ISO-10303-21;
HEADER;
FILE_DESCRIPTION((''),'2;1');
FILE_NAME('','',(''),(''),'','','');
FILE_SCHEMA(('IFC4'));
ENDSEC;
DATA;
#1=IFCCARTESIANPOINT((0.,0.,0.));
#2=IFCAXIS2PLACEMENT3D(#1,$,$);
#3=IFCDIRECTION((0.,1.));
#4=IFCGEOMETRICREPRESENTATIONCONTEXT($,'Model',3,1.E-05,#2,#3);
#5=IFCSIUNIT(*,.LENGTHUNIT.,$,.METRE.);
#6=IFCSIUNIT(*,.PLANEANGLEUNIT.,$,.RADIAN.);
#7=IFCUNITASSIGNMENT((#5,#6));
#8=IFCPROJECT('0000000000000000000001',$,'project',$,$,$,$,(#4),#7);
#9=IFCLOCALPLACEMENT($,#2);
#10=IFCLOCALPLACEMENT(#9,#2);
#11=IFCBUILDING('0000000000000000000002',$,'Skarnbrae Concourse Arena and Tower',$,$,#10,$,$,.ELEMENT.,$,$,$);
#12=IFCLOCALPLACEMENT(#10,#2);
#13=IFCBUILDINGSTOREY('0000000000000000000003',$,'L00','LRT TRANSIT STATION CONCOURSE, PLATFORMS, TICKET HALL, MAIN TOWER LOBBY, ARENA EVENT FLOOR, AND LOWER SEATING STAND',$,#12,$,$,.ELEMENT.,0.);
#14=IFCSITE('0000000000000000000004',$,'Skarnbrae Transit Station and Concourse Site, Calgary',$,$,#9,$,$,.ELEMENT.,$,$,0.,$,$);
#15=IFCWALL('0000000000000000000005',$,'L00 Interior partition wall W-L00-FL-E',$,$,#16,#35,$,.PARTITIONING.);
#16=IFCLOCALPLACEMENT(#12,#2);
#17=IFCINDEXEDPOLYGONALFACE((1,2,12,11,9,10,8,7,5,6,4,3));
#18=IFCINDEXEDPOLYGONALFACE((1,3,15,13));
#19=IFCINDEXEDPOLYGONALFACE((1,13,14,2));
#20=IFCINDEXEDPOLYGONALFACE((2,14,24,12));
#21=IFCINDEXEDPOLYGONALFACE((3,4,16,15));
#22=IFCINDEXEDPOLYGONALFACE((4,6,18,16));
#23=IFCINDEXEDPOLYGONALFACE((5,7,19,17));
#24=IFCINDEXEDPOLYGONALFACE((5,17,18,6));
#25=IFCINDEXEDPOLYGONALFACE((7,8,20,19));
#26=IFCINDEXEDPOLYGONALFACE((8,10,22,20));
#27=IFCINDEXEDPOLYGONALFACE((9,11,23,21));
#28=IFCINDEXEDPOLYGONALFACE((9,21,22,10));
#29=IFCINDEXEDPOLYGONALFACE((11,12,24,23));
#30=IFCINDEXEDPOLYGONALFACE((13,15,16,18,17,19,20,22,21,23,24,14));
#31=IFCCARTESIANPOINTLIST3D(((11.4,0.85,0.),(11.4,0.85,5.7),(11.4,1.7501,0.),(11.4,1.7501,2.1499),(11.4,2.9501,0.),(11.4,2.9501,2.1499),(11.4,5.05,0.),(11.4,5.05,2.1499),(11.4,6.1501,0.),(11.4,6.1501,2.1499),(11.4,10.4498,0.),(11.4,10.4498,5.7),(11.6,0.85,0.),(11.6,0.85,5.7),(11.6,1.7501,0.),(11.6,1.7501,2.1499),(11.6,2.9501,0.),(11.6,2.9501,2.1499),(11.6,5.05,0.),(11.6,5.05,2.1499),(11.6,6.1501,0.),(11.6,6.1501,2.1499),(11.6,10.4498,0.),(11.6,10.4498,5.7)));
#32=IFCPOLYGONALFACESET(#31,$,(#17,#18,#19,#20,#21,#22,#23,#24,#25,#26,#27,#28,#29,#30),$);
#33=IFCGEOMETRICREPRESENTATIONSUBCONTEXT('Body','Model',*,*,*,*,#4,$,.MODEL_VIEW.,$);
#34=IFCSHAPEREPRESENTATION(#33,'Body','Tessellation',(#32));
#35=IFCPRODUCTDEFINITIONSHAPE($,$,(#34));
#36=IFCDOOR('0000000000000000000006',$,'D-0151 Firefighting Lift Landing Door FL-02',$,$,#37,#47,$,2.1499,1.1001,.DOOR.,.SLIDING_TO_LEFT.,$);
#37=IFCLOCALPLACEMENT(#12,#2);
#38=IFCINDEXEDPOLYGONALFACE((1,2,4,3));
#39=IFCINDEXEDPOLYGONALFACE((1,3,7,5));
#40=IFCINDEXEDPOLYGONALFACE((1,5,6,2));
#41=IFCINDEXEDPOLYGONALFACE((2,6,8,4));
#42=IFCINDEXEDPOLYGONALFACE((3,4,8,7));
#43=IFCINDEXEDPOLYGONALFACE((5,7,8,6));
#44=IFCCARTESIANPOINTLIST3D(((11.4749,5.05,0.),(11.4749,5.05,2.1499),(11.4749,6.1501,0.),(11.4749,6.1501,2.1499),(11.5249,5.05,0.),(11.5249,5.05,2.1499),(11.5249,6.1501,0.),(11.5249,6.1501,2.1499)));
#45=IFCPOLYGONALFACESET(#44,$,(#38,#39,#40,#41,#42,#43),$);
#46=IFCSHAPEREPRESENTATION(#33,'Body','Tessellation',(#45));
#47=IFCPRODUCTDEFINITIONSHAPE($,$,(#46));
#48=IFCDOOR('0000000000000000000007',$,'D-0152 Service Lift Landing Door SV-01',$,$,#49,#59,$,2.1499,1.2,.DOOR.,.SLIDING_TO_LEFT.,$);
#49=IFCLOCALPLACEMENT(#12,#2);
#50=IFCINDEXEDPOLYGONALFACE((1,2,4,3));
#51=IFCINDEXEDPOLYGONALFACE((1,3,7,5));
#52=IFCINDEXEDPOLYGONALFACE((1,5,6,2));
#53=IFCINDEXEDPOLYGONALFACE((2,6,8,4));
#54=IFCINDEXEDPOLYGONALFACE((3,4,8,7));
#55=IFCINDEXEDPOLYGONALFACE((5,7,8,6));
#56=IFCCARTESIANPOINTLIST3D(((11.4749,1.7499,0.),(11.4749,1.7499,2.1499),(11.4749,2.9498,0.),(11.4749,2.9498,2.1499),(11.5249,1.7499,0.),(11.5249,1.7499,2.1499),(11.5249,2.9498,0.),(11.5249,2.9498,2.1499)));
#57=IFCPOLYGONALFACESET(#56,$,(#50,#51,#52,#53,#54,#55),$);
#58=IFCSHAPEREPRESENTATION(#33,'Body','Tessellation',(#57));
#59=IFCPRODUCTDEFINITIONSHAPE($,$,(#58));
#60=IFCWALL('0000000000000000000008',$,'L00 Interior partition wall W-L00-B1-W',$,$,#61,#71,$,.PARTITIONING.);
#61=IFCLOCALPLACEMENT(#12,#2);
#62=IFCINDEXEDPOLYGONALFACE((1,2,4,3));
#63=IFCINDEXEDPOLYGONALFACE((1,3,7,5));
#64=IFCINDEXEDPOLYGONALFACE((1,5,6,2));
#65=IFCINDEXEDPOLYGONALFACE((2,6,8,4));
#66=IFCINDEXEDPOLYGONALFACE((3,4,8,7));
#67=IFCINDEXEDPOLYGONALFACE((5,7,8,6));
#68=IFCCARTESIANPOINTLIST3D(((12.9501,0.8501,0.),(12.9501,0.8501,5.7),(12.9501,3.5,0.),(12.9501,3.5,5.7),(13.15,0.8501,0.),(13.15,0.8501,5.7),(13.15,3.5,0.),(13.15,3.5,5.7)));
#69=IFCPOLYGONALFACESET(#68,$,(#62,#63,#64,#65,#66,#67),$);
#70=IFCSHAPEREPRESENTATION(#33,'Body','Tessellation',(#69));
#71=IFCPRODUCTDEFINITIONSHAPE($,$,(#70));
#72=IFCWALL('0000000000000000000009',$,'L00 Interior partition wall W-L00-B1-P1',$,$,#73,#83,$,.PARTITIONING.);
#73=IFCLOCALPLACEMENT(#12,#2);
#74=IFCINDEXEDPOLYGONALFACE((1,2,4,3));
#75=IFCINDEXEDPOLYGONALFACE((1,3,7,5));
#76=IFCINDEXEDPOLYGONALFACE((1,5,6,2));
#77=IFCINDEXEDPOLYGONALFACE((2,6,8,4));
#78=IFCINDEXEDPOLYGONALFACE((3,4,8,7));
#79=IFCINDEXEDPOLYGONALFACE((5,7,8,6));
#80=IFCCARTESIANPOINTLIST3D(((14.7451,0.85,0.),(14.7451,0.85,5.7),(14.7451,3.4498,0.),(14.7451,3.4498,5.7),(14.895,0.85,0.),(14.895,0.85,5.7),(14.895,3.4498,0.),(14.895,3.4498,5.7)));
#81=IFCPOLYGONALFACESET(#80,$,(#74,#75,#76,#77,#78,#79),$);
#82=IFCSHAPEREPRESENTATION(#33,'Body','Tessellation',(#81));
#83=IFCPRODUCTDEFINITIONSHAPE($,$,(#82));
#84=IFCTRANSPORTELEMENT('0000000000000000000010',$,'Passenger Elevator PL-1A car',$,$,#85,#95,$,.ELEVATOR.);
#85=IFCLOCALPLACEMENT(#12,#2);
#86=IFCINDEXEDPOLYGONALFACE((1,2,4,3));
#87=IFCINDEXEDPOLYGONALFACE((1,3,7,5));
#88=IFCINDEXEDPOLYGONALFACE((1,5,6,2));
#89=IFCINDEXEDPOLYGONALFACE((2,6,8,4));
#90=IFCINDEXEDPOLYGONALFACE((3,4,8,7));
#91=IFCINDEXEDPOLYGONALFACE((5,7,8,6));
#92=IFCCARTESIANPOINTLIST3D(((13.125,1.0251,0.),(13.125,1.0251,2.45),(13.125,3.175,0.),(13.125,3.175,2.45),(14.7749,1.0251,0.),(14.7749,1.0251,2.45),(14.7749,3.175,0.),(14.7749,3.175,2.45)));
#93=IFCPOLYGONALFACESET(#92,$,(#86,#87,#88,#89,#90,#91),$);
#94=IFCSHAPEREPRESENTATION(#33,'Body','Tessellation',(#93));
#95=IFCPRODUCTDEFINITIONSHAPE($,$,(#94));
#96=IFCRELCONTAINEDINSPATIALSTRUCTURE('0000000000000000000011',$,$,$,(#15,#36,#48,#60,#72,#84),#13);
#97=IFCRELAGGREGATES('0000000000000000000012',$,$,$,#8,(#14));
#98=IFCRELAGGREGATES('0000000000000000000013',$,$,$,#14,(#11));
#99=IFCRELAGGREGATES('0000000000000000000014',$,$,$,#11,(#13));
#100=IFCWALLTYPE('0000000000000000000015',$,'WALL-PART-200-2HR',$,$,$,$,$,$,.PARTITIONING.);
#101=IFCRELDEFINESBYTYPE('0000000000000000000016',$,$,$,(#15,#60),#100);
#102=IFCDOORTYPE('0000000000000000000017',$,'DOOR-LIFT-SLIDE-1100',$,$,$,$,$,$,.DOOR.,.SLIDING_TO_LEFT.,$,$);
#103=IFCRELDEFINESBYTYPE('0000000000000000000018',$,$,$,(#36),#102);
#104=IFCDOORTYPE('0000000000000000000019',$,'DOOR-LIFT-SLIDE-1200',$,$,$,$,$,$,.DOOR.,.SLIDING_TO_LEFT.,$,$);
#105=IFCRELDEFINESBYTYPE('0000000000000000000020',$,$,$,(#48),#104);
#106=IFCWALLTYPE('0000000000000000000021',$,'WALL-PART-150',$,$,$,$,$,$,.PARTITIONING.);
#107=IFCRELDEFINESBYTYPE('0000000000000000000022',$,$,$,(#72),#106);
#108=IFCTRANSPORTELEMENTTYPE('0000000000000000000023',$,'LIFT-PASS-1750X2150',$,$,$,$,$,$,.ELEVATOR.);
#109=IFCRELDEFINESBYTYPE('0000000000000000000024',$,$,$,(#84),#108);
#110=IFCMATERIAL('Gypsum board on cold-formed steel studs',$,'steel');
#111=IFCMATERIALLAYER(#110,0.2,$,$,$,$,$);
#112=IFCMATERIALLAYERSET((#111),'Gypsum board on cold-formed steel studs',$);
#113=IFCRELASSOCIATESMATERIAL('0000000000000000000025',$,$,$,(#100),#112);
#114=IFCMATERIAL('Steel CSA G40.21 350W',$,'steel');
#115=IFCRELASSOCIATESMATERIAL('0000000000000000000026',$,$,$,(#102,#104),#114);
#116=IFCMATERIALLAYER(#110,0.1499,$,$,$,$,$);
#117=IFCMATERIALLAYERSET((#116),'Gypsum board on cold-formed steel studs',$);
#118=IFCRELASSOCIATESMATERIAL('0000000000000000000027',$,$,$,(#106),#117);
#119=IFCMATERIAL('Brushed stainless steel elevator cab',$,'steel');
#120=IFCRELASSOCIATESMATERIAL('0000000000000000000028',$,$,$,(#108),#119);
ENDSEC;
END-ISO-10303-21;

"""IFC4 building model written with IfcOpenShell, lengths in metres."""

from ifc_helpers import new_model, si_unit, direction, frame, frame_2d, origin, origin_2d, place, context, subcontext, project, spatial, rectangle, extrude, source, transform, mapped, material, layer, layer_set, type_object, element, fill, save


model = new_model("IFC4")

# Units and contexts
model_context = context("Model", 3, precision=1e-05, world=origin(), true_north=direction((0.0, 1.0)))
body_context = subcontext(model_context, "Body", "Model", "MODEL_VIEW")
ifc_project = project(units=[si_unit("LENGTHUNIT", "METRE"), si_unit("PLANEANGLEUNIT", "RADIAN")], contexts=[model_context])

# Site, building, storey
site_placement = place(None, origin())
site = spatial("IfcSite", under=ifc_project, at=site_placement, Name="Skarnbrae Transit Station and Concourse Site, Calgary", CompositionType="ELEMENT", RefElevation=0.0)
building_placement = place(site_placement, origin())
building = spatial("IfcBuilding", under=site, at=building_placement, Name="Skarnbrae Concourse Arena and Tower", CompositionType="ELEMENT")
storey_placement = place(building_placement, origin())
storey = spatial("IfcBuildingStorey", under=building, at=storey_placement, Name="L00", Description="LRT TRANSIT STATION CONCOURSE, PLATFORMS, TICKET HALL, MAIN TOWER LOBBY, ARENA EVENT FLOOR, AND LOWER SEATING STAND", CompositionType="ELEMENT", Elevation=0.0)

# Wall, openings, doors
ifc_material_1 = material(Name="Gypsum board on cold-formed steel studs", Category="steel")
ifc_layer_1 = layer(ifc_material_1, 0.2)
ifc_layer_set_1 = layer_set([ifc_layer_1], Name="Gypsum board on cold-formed steel studs")
wall_type_1 = type_object("IfcWallType", Name="WALL-PART-200-2HR", PredefinedType="PARTITIONING", material=ifc_layer_set_1)
shared_shape_1 = source(origin(), body_context, "Body", "SweptSolid", [
    extrude(rectangle(XDim=9.5999, YDim=0.2, at=frame_2d((4.7998, 0.0))), origin(), (0.0, 0.0, 1.0), 5.7),
])
wall_1_placement = place(storey_placement, frame((11.5, 0.8501, 0.0), z_axis=(0.0, 0.0, 1.0), x_axis=(0.0, 1.0, 0.0)))
wall_1 = element("IfcWall", 1, at=wall_1_placement, inside=storey, type_object=wall_type_1, Name="L00 Interior partition wall W-L00-FL-E", PredefinedType="PARTITIONING", context=body_context, shape_type="MappedRepresentation", body=[
    mapped(shared_shape_1, transform((0.0, 0.0, 0.0))),
])
opening_1_placement = place(wall_1_placement, frame((4.2, 0.0, 0.0)))
opening_1 = element("IfcOpeningElement", 2, at=opening_1_placement, cuts=wall_1, PredefinedType="OPENING", context=body_context, shape_type="SweptSolid", body=[
    extrude(rectangle(XDim=1.1001, YDim=2.1499, at=frame_2d((0.55, 1.075))), frame((0.0, 0.1099, 0.0), z_axis=(0.0, -1.0, 0.0), x_axis=(1.0, 0.0, 0.0)), (0.0, 0.0, 1.0), 0.22),
])
opening_2_placement = place(wall_1_placement, frame((0.8999, 0.0, 0.0)))
opening_2 = element("IfcOpeningElement", 3, at=opening_2_placement, cuts=wall_1, PredefinedType="OPENING", context=body_context, shape_type="SweptSolid", body=[
    extrude(rectangle(XDim=1.2, YDim=2.1499, at=frame_2d((0.6001, 1.075))), frame((0.0, 0.1099, 0.0), z_axis=(0.0, -1.0, 0.0), x_axis=(1.0, 0.0, 0.0)), (0.0, 0.0, 1.0), 0.22),
])
ifc_material_2 = material(Name="Steel CSA G40.21 350W", Category="steel")
door_type_1 = type_object("IfcDoorType", Name="DOOR-LIFT-SLIDE-1100", OperationType="SLIDING_TO_LEFT", PredefinedType="DOOR", material=ifc_material_2)
shared_shape_2 = source(origin(), body_context, "Body", "SweptSolid", [
    extrude(rectangle(XDim=1.1001, YDim=2.1499, at=frame_2d((0.55, 1.075))), frame((0.0, 0.0249, 0.0), z_axis=(0.0, -1.0, 0.0), x_axis=(1.0, 0.0, 0.0)), (0.0, 0.0, 1.0), 0.05),
])
door_1_placement = place(opening_1_placement, frame((1.1001, 0.0, 0.0), z_axis=(0.0, 0.0, 1.0), x_axis=(-1.0, 0.0, 0.0)))
door_1 = element("IfcDoor", 4, at=door_1_placement, inside=storey, type_object=door_type_1, Name="D-0151 Firefighting Lift Landing Door FL-02", OperationType="SLIDING_TO_LEFT", OverallHeight=2.1499, OverallWidth=1.1001, PredefinedType="DOOR", context=body_context, shape_type="MappedRepresentation", body=[
    mapped(shared_shape_2, transform((0.0, 0.0, 0.0))),
])
fill(opening_1, door_1)
door_type_2 = type_object("IfcDoorType", Name="DOOR-LIFT-SLIDE-1200", OperationType="SLIDING_TO_LEFT", PredefinedType="DOOR", material=ifc_material_2)
shared_shape_3 = source(origin(), body_context, "Body", "SweptSolid", [
    extrude(rectangle(XDim=1.2, YDim=2.1499, at=frame_2d((0.6001, 1.075))), frame((0.0, 0.0249, 0.0), z_axis=(0.0, -1.0, 0.0), x_axis=(1.0, 0.0, 0.0)), (0.0, 0.0, 1.0), 0.05),
])
door_2_placement = place(opening_2_placement, frame((1.2, 0.0, 0.0), z_axis=(0.0, 0.0, 1.0), x_axis=(-1.0, 0.0, 0.0)))
door_2 = element("IfcDoor", 5, at=door_2_placement, inside=storey, type_object=door_type_2, Name="D-0152 Service Lift Landing Door SV-01", OperationType="SLIDING_TO_LEFT", OverallHeight=2.1499, OverallWidth=1.2, PredefinedType="DOOR", context=body_context, shape_type="MappedRepresentation", body=[
    mapped(shared_shape_3, transform((0.0, 0.0, 0.0))),
])
fill(opening_2, door_2)

# Wall
shared_shape_4 = source(origin(), body_context, "Body", "SweptSolid", [
    extrude(rectangle(XDim=2.6499, YDim=0.2, at=frame_2d((1.325, 0.0))), origin(), (0.0, 0.0, 1.0), 5.7),
])
wall_2_placement = place(storey_placement, frame((13.05, 0.8501, 0.0), z_axis=(0.0, 0.0, 1.0), x_axis=(0.0, 1.0, 0.0)))
element("IfcWall", 6, at=wall_2_placement, inside=storey, type_object=wall_type_1, Name="L00 Interior partition wall W-L00-B1-W", PredefinedType="PARTITIONING", context=body_context, shape_type="MappedRepresentation", body=[
    mapped(shared_shape_4, transform((0.0, 0.0, 0.0))),
])

# Wall
ifc_layer_2 = layer(ifc_material_1, 0.1499)
ifc_layer_set_2 = layer_set([ifc_layer_2], Name="Gypsum board on cold-formed steel studs")
wall_type_2 = type_object("IfcWallType", Name="WALL-PART-150", PredefinedType="PARTITIONING", material=ifc_layer_set_2)
shared_shape_5 = source(origin(), body_context, "Body", "SweptSolid", [
    extrude(rectangle(XDim=2.5999, YDim=0.1499, at=frame_2d((1.2998, 0.0))), origin(), (0.0, 0.0, 1.0), 5.7),
])
wall_3_placement = place(storey_placement, frame((14.8201, 0.8501, 0.0), z_axis=(0.0, 0.0, 1.0), x_axis=(0.0, 1.0, 0.0)))
element("IfcWall", 7, at=wall_3_placement, inside=storey, type_object=wall_type_2, Name="L00 Interior partition wall W-L00-B1-P1", PredefinedType="PARTITIONING", context=body_context, shape_type="MappedRepresentation", body=[
    mapped(shared_shape_5, transform((0.0, 0.0, 0.0))),
])

# Transport element
ifc_material_3 = material(Name="Brushed stainless steel elevator cab", Category="steel")
transport_element_type = type_object("IfcTransportElementType", Name="LIFT-PASS-1750X2150", PredefinedType="ELEVATOR", material=ifc_material_3)
shared_shape_6 = source(origin(), body_context, "Body", "SweptSolid", [
    extrude(rectangle(XDim=1.6499, YDim=2.1499, at=origin_2d()), origin(), (0.0, 0.0, 1.0), 2.45),
])
transport_element_placement = place(storey_placement, frame((13.95, 2.1001, 0.0), z_axis=(0.0, 0.0, 1.0), x_axis=(1.0, 0.0, 0.0)))
element("IfcTransportElement", 8, at=transport_element_placement, inside=storey, type_object=transport_element_type, Name="Passenger Elevator PL-1A car", PredefinedType="ELEVATOR", context=body_context, shape_type="MappedRepresentation", body=[
    mapped(shared_shape_6, transform((0.0, 0.0, 0.0))),
])

save(model, "model.ifc")
